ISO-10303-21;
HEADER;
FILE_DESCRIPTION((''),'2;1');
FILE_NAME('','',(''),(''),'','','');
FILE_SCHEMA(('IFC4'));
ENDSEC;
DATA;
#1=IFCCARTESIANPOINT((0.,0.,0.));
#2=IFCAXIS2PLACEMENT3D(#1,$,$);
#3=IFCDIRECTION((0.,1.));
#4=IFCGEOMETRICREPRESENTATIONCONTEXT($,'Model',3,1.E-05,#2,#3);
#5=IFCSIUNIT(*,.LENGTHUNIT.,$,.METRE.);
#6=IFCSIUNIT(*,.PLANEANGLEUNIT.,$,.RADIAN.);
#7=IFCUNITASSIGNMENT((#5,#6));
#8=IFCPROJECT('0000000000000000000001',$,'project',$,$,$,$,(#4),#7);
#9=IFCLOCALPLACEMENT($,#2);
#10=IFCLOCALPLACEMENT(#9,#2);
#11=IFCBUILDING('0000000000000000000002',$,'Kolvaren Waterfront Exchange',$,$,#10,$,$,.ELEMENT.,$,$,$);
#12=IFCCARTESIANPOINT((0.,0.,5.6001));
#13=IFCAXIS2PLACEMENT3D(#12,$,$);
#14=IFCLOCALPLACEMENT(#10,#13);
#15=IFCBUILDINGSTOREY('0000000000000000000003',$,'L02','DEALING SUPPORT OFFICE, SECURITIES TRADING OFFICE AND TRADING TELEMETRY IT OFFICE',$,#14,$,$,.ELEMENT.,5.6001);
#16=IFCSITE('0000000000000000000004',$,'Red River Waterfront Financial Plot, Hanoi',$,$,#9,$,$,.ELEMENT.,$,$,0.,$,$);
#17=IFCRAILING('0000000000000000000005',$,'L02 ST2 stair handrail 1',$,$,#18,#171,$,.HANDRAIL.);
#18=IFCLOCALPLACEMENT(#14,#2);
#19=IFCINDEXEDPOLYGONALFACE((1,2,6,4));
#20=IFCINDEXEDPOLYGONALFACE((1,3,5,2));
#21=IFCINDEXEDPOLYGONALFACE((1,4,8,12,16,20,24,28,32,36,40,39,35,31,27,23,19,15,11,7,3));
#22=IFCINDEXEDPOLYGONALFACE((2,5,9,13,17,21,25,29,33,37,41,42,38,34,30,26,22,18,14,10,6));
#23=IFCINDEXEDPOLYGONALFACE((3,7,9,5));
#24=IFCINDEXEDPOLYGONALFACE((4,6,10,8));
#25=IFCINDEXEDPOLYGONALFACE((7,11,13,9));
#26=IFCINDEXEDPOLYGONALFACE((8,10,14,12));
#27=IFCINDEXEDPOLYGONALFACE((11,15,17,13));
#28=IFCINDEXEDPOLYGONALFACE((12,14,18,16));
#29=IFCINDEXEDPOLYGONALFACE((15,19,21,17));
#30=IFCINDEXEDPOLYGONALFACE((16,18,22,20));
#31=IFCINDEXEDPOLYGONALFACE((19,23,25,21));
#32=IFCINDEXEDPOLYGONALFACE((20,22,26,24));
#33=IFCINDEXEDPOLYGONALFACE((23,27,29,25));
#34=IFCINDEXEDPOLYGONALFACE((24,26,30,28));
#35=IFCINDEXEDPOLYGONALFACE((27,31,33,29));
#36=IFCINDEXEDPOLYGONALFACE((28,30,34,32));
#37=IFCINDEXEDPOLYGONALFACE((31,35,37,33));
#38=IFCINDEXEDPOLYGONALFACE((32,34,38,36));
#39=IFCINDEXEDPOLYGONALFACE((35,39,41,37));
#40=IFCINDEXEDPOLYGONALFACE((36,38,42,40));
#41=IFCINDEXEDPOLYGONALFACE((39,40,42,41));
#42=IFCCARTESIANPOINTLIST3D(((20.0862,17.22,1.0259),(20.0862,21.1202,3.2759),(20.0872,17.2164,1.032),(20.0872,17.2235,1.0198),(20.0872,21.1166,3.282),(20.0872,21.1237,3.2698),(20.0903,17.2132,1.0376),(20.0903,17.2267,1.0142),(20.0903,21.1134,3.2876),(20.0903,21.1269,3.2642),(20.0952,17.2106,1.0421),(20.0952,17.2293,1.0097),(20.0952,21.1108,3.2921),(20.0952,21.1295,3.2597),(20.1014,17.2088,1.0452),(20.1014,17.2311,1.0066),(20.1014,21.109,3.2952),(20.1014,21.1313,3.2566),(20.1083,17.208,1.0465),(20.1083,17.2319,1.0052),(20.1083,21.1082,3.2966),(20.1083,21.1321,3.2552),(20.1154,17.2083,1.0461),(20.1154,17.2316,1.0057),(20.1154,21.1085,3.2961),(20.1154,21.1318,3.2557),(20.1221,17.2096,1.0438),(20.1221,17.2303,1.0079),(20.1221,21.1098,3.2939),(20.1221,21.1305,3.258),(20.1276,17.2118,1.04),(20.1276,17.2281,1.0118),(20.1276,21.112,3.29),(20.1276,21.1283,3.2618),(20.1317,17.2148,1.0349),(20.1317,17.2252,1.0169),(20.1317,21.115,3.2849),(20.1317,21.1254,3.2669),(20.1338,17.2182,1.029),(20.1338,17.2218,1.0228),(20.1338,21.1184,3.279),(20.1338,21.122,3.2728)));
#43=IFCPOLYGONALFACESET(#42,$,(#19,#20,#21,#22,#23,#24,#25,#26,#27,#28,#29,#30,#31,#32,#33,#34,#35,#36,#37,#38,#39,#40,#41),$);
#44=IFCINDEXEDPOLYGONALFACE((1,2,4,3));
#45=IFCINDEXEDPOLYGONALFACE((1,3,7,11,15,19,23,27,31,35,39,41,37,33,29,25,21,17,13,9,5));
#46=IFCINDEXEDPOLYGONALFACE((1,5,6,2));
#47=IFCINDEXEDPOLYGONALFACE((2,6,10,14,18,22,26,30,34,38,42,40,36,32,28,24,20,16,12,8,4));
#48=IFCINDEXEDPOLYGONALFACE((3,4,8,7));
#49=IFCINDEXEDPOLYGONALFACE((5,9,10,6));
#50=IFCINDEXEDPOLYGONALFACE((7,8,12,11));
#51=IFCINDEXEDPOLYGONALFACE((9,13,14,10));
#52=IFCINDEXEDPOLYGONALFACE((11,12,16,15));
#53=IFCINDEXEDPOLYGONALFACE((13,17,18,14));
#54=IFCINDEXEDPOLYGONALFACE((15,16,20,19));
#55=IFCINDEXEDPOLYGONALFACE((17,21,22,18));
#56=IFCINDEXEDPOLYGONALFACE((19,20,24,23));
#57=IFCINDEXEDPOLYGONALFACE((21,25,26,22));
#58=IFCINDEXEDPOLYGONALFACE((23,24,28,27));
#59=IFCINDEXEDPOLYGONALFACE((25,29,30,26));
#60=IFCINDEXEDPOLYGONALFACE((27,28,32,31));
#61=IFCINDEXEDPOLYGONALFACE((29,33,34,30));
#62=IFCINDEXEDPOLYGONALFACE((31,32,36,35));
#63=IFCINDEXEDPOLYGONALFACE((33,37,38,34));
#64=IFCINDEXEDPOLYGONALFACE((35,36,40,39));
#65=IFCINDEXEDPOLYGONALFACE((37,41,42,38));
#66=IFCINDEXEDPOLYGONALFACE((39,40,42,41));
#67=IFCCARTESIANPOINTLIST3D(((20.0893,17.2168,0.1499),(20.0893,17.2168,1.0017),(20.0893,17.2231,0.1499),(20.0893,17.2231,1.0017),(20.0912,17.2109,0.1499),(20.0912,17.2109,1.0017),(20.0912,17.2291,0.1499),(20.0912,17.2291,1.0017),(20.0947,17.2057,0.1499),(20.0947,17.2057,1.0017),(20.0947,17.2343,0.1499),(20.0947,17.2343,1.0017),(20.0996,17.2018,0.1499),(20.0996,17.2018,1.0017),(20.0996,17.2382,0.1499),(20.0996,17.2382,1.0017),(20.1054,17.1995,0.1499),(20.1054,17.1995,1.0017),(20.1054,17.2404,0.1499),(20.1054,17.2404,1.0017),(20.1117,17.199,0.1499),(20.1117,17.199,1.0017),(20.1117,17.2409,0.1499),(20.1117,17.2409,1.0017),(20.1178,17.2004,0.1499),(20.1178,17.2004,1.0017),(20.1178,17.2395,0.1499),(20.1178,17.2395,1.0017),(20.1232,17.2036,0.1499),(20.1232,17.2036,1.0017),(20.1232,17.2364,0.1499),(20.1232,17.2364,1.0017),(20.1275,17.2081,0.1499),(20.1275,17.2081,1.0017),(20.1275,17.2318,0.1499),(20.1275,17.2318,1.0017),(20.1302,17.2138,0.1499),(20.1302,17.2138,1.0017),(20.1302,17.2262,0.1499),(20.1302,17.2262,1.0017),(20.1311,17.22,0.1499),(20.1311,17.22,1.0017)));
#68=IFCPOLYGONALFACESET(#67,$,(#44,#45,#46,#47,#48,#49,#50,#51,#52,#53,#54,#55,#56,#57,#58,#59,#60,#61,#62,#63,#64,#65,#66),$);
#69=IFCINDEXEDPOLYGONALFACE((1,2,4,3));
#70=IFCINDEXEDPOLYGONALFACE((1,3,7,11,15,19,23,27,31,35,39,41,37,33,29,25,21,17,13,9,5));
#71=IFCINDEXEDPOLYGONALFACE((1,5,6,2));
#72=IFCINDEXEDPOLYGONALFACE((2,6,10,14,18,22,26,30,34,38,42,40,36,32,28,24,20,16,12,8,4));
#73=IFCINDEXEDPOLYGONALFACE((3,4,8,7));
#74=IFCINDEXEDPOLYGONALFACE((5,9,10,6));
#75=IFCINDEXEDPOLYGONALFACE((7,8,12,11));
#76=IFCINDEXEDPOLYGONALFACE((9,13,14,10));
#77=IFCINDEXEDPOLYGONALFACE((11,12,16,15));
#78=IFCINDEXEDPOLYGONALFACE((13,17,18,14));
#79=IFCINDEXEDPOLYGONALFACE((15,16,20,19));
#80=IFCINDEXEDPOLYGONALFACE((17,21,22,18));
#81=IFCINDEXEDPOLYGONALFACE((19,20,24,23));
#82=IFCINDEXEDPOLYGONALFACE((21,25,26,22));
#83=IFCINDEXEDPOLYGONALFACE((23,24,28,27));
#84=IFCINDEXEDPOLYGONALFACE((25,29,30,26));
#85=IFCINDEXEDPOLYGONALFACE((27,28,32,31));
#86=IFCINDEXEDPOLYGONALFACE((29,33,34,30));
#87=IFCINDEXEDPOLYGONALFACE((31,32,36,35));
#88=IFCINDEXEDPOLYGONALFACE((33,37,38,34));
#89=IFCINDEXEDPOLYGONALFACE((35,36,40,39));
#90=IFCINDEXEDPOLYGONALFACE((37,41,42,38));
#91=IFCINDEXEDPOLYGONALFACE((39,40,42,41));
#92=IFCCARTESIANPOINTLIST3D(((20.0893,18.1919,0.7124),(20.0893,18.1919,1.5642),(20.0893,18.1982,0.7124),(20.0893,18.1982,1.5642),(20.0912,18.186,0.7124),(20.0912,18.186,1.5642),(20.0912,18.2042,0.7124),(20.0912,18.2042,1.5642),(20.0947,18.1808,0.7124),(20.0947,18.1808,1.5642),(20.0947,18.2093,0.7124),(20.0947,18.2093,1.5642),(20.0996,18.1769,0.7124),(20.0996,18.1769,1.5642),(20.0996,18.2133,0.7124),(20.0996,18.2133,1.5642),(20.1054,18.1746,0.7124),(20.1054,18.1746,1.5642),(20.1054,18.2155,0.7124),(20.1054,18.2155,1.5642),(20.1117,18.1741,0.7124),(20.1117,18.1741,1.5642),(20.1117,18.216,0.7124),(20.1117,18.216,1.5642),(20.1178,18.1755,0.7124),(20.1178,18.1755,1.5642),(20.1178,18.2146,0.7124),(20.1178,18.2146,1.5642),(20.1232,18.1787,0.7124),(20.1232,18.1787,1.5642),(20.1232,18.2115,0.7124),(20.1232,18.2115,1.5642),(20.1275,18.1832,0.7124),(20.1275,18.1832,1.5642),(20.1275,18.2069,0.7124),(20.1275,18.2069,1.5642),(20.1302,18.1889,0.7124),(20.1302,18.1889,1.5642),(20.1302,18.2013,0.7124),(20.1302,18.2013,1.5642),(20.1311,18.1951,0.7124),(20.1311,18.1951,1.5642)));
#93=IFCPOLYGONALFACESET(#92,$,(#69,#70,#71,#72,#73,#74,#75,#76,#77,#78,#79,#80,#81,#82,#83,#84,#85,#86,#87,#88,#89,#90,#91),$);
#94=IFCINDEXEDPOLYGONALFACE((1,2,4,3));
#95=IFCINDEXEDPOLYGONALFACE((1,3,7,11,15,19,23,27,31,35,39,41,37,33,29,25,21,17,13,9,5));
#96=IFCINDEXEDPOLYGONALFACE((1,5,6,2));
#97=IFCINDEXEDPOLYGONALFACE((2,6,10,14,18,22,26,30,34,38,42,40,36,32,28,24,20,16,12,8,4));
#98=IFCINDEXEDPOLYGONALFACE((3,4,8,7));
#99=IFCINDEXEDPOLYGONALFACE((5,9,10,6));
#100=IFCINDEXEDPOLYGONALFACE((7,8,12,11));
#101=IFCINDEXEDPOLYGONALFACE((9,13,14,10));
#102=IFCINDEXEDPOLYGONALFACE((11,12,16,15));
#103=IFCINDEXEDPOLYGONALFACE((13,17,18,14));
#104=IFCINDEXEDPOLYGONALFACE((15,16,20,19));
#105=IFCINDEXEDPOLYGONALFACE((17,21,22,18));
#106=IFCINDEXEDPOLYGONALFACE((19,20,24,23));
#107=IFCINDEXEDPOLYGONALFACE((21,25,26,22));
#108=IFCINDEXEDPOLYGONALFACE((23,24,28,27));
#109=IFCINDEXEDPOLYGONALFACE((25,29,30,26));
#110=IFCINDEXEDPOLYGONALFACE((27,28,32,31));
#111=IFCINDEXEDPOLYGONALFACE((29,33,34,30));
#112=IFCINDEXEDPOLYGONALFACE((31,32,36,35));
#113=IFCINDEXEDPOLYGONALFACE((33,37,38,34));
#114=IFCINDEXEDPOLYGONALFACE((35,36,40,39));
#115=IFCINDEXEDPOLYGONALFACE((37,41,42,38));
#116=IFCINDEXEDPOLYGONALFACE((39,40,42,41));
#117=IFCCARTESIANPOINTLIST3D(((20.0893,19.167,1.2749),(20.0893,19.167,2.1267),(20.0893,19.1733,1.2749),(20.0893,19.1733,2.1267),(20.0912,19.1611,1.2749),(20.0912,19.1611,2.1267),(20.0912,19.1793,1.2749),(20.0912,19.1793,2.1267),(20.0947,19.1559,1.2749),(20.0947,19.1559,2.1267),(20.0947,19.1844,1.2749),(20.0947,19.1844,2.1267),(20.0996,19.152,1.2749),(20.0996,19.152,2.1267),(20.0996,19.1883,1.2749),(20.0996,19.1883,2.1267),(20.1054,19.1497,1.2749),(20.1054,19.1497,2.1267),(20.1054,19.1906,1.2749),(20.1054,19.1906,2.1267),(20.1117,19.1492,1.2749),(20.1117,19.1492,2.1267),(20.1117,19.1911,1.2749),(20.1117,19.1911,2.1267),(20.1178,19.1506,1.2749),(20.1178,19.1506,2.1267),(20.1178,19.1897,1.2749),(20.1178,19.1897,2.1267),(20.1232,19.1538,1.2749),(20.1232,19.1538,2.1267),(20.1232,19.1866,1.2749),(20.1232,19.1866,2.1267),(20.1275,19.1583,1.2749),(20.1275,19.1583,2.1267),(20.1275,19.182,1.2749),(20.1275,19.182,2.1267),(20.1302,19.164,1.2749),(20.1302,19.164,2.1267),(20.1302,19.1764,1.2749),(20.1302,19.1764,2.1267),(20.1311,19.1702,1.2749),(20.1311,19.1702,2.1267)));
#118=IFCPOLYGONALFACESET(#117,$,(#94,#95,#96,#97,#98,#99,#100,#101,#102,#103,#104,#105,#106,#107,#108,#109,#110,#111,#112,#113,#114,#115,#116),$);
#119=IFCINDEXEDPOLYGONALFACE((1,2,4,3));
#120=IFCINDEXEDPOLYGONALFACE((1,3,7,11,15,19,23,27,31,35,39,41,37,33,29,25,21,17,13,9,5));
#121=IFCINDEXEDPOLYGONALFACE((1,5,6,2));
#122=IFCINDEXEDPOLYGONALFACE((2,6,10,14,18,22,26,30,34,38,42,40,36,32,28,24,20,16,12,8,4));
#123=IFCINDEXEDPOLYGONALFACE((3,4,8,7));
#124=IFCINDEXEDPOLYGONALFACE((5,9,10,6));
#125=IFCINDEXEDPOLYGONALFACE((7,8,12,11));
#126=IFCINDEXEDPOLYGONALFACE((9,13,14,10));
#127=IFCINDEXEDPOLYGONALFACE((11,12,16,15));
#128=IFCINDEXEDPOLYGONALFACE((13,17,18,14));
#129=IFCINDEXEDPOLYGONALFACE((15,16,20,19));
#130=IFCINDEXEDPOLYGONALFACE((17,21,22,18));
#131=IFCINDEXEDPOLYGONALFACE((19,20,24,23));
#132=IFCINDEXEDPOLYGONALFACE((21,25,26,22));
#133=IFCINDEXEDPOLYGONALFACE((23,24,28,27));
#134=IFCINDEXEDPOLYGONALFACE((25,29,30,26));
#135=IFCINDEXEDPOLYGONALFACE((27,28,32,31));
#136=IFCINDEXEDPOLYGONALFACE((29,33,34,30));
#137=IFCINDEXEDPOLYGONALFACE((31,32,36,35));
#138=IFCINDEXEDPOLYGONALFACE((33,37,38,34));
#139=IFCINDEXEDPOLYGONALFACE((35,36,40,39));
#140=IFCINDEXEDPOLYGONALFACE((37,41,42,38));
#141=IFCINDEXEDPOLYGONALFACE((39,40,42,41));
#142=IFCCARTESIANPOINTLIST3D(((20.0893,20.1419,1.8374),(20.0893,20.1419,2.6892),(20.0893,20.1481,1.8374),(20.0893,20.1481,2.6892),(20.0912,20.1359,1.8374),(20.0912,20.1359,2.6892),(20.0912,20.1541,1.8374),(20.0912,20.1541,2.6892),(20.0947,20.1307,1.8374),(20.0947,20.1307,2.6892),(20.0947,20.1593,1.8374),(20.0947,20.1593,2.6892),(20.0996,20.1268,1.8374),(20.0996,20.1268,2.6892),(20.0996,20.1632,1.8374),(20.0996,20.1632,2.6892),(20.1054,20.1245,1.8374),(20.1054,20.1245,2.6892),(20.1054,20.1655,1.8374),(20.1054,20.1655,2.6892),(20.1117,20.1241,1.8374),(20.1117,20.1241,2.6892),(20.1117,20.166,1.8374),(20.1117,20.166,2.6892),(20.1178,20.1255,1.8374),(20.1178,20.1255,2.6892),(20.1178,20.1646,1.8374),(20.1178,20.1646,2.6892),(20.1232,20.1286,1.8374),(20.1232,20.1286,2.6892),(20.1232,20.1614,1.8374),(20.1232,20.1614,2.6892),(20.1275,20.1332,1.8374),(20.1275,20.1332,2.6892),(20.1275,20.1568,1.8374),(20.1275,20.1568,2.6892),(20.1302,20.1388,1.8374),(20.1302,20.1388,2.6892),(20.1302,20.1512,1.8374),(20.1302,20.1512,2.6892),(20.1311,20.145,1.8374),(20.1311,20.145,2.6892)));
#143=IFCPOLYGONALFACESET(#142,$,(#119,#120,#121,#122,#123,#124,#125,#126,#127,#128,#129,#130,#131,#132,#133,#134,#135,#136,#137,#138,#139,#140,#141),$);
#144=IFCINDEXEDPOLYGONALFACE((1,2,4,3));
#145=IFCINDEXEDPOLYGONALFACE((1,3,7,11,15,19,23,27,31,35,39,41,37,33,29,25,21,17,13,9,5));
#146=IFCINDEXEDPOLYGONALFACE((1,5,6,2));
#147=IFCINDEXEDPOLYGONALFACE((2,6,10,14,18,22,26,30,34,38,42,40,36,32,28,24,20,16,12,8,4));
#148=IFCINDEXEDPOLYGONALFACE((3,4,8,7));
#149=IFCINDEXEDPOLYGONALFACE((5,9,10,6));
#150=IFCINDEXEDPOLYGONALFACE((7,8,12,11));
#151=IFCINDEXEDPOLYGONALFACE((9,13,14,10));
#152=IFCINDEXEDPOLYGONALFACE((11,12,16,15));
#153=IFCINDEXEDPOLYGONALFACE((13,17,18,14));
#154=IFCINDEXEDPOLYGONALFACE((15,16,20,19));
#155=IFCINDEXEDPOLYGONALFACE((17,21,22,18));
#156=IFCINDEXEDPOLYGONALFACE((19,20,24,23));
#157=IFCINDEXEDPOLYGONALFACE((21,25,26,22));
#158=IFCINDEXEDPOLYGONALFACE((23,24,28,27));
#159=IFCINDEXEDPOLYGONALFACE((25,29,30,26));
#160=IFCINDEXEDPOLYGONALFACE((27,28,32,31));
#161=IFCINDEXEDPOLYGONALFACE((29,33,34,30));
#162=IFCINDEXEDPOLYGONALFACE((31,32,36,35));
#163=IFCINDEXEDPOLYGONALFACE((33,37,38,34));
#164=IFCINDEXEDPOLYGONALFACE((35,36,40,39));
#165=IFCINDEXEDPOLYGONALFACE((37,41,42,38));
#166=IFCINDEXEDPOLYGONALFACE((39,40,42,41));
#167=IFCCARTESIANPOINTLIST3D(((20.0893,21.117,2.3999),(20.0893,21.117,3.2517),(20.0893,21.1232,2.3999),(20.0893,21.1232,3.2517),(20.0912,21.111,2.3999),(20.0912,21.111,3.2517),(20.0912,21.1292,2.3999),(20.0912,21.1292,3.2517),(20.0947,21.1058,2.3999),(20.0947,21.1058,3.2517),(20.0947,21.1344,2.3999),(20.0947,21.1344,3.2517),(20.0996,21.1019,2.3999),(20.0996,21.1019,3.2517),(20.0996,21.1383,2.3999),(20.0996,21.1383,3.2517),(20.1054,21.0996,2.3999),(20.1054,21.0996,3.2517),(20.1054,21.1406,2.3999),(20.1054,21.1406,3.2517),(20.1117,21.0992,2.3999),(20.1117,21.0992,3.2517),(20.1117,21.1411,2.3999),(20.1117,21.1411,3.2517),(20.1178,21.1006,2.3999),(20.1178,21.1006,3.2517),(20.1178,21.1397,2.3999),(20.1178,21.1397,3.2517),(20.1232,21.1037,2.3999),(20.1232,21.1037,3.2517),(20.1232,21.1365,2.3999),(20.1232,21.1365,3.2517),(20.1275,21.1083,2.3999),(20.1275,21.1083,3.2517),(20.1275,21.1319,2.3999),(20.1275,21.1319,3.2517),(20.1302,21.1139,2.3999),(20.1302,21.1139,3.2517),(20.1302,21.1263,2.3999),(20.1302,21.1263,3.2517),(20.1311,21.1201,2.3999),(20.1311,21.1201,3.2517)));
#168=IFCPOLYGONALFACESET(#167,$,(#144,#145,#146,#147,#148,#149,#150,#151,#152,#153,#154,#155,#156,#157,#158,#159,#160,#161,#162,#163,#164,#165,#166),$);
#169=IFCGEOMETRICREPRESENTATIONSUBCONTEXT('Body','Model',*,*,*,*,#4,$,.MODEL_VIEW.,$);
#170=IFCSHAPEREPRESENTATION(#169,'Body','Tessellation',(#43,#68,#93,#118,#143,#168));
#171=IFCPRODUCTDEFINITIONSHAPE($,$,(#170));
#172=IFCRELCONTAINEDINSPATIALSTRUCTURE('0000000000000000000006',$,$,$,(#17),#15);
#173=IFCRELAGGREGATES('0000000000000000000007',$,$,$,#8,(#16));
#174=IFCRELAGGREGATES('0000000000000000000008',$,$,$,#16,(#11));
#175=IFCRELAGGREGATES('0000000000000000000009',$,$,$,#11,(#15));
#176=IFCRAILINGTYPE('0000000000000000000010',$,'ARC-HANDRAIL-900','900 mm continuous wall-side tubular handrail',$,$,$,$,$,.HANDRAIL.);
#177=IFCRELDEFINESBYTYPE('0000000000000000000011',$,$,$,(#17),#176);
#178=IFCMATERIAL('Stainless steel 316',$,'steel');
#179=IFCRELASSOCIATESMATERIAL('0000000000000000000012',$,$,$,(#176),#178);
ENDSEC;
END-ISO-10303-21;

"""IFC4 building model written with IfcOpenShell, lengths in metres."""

from ifc_helpers import new_model, si_unit, direction, frame, origin, origin_2d, place, context, subcontext, project, spatial, circle, extrude, material, type_object, element, save


model = new_model("IFC4")

# Units and contexts
model_context = context("Model", 3, precision=1e-05, world=origin(), true_north=direction((0.0, 1.0)))
body_context = subcontext(model_context, "Body", "Model", "MODEL_VIEW")
ifc_project = project(units=[si_unit("LENGTHUNIT", "METRE"), si_unit("PLANEANGLEUNIT", "RADIAN")], contexts=[model_context])

# Site, building, storey
site_placement = place(None, origin())
site = spatial("IfcSite", under=ifc_project, at=site_placement, Name="Red River Waterfront Financial Plot, Hanoi", CompositionType="ELEMENT", RefElevation=0.0)
building_placement = place(site_placement, origin())
building = spatial("IfcBuilding", under=site, at=building_placement, Name="Kolvaren Waterfront Exchange", CompositionType="ELEMENT")
storey_placement = place(building_placement, frame((0.0, 0.0, 5.6001)))
storey = spatial("IfcBuildingStorey", under=building, at=storey_placement, Name="L02", Description="DEALING SUPPORT OFFICE, SECURITIES TRADING OFFICE AND TRADING TELEMETRY IT OFFICE", CompositionType="ELEMENT", Elevation=5.6001)

# Railing
ifc_material_1 = material(Name="Stainless steel 316", Category="steel")
railing_type_1 = type_object("IfcRailingType", Name="ARC-HANDRAIL-900", Description="900 mm continuous wall-side tubular handrail", PredefinedType="HANDRAIL", material=ifc_material_1)
railing_1_placement = place(storey_placement, frame((20.1101, 17.22, 0.1499)))
element("IfcRailing", 1, at=railing_1_placement, inside=storey, type_object=railing_type_1, Name="L02 ST2 stair handrail 1", PredefinedType="HANDRAIL", context=body_context, shape_type="SweptSolid", body=[
    extrude(circle(Radius=0.0239, at=origin_2d()), frame((0.0, 0.0, 0.876), z_axis=(0.0, 0.866194, 0.499708), x_axis=(-1.0, 0.0, 0.0)), (0.0, 0.0, 1.0), 4.5027),
    extrude(circle(Radius=0.021, at=origin_2d()), origin(), (0.0, 0.0, 1.0), 0.8518),
    extrude(circle(Radius=0.021, at=origin_2d()), frame((0.0, 0.9751, 0.5625)), (0.0, 0.0, 1.0), 0.8518),
    extrude(circle(Radius=0.021, at=origin_2d()), frame((0.0, 1.9502, 1.125)), (0.0, 0.0, 1.0), 0.8518),
    extrude(circle(Radius=0.021, at=origin_2d()), frame((0.0, 2.925, 1.6875)), (0.0, 0.0, 1.0), 0.8518),
    extrude(circle(Radius=0.021, at=origin_2d()), frame((0.0, 3.9001, 2.25)), (0.0, 0.0, 1.0), 0.8518),
])

save(model, "model.ifc")
